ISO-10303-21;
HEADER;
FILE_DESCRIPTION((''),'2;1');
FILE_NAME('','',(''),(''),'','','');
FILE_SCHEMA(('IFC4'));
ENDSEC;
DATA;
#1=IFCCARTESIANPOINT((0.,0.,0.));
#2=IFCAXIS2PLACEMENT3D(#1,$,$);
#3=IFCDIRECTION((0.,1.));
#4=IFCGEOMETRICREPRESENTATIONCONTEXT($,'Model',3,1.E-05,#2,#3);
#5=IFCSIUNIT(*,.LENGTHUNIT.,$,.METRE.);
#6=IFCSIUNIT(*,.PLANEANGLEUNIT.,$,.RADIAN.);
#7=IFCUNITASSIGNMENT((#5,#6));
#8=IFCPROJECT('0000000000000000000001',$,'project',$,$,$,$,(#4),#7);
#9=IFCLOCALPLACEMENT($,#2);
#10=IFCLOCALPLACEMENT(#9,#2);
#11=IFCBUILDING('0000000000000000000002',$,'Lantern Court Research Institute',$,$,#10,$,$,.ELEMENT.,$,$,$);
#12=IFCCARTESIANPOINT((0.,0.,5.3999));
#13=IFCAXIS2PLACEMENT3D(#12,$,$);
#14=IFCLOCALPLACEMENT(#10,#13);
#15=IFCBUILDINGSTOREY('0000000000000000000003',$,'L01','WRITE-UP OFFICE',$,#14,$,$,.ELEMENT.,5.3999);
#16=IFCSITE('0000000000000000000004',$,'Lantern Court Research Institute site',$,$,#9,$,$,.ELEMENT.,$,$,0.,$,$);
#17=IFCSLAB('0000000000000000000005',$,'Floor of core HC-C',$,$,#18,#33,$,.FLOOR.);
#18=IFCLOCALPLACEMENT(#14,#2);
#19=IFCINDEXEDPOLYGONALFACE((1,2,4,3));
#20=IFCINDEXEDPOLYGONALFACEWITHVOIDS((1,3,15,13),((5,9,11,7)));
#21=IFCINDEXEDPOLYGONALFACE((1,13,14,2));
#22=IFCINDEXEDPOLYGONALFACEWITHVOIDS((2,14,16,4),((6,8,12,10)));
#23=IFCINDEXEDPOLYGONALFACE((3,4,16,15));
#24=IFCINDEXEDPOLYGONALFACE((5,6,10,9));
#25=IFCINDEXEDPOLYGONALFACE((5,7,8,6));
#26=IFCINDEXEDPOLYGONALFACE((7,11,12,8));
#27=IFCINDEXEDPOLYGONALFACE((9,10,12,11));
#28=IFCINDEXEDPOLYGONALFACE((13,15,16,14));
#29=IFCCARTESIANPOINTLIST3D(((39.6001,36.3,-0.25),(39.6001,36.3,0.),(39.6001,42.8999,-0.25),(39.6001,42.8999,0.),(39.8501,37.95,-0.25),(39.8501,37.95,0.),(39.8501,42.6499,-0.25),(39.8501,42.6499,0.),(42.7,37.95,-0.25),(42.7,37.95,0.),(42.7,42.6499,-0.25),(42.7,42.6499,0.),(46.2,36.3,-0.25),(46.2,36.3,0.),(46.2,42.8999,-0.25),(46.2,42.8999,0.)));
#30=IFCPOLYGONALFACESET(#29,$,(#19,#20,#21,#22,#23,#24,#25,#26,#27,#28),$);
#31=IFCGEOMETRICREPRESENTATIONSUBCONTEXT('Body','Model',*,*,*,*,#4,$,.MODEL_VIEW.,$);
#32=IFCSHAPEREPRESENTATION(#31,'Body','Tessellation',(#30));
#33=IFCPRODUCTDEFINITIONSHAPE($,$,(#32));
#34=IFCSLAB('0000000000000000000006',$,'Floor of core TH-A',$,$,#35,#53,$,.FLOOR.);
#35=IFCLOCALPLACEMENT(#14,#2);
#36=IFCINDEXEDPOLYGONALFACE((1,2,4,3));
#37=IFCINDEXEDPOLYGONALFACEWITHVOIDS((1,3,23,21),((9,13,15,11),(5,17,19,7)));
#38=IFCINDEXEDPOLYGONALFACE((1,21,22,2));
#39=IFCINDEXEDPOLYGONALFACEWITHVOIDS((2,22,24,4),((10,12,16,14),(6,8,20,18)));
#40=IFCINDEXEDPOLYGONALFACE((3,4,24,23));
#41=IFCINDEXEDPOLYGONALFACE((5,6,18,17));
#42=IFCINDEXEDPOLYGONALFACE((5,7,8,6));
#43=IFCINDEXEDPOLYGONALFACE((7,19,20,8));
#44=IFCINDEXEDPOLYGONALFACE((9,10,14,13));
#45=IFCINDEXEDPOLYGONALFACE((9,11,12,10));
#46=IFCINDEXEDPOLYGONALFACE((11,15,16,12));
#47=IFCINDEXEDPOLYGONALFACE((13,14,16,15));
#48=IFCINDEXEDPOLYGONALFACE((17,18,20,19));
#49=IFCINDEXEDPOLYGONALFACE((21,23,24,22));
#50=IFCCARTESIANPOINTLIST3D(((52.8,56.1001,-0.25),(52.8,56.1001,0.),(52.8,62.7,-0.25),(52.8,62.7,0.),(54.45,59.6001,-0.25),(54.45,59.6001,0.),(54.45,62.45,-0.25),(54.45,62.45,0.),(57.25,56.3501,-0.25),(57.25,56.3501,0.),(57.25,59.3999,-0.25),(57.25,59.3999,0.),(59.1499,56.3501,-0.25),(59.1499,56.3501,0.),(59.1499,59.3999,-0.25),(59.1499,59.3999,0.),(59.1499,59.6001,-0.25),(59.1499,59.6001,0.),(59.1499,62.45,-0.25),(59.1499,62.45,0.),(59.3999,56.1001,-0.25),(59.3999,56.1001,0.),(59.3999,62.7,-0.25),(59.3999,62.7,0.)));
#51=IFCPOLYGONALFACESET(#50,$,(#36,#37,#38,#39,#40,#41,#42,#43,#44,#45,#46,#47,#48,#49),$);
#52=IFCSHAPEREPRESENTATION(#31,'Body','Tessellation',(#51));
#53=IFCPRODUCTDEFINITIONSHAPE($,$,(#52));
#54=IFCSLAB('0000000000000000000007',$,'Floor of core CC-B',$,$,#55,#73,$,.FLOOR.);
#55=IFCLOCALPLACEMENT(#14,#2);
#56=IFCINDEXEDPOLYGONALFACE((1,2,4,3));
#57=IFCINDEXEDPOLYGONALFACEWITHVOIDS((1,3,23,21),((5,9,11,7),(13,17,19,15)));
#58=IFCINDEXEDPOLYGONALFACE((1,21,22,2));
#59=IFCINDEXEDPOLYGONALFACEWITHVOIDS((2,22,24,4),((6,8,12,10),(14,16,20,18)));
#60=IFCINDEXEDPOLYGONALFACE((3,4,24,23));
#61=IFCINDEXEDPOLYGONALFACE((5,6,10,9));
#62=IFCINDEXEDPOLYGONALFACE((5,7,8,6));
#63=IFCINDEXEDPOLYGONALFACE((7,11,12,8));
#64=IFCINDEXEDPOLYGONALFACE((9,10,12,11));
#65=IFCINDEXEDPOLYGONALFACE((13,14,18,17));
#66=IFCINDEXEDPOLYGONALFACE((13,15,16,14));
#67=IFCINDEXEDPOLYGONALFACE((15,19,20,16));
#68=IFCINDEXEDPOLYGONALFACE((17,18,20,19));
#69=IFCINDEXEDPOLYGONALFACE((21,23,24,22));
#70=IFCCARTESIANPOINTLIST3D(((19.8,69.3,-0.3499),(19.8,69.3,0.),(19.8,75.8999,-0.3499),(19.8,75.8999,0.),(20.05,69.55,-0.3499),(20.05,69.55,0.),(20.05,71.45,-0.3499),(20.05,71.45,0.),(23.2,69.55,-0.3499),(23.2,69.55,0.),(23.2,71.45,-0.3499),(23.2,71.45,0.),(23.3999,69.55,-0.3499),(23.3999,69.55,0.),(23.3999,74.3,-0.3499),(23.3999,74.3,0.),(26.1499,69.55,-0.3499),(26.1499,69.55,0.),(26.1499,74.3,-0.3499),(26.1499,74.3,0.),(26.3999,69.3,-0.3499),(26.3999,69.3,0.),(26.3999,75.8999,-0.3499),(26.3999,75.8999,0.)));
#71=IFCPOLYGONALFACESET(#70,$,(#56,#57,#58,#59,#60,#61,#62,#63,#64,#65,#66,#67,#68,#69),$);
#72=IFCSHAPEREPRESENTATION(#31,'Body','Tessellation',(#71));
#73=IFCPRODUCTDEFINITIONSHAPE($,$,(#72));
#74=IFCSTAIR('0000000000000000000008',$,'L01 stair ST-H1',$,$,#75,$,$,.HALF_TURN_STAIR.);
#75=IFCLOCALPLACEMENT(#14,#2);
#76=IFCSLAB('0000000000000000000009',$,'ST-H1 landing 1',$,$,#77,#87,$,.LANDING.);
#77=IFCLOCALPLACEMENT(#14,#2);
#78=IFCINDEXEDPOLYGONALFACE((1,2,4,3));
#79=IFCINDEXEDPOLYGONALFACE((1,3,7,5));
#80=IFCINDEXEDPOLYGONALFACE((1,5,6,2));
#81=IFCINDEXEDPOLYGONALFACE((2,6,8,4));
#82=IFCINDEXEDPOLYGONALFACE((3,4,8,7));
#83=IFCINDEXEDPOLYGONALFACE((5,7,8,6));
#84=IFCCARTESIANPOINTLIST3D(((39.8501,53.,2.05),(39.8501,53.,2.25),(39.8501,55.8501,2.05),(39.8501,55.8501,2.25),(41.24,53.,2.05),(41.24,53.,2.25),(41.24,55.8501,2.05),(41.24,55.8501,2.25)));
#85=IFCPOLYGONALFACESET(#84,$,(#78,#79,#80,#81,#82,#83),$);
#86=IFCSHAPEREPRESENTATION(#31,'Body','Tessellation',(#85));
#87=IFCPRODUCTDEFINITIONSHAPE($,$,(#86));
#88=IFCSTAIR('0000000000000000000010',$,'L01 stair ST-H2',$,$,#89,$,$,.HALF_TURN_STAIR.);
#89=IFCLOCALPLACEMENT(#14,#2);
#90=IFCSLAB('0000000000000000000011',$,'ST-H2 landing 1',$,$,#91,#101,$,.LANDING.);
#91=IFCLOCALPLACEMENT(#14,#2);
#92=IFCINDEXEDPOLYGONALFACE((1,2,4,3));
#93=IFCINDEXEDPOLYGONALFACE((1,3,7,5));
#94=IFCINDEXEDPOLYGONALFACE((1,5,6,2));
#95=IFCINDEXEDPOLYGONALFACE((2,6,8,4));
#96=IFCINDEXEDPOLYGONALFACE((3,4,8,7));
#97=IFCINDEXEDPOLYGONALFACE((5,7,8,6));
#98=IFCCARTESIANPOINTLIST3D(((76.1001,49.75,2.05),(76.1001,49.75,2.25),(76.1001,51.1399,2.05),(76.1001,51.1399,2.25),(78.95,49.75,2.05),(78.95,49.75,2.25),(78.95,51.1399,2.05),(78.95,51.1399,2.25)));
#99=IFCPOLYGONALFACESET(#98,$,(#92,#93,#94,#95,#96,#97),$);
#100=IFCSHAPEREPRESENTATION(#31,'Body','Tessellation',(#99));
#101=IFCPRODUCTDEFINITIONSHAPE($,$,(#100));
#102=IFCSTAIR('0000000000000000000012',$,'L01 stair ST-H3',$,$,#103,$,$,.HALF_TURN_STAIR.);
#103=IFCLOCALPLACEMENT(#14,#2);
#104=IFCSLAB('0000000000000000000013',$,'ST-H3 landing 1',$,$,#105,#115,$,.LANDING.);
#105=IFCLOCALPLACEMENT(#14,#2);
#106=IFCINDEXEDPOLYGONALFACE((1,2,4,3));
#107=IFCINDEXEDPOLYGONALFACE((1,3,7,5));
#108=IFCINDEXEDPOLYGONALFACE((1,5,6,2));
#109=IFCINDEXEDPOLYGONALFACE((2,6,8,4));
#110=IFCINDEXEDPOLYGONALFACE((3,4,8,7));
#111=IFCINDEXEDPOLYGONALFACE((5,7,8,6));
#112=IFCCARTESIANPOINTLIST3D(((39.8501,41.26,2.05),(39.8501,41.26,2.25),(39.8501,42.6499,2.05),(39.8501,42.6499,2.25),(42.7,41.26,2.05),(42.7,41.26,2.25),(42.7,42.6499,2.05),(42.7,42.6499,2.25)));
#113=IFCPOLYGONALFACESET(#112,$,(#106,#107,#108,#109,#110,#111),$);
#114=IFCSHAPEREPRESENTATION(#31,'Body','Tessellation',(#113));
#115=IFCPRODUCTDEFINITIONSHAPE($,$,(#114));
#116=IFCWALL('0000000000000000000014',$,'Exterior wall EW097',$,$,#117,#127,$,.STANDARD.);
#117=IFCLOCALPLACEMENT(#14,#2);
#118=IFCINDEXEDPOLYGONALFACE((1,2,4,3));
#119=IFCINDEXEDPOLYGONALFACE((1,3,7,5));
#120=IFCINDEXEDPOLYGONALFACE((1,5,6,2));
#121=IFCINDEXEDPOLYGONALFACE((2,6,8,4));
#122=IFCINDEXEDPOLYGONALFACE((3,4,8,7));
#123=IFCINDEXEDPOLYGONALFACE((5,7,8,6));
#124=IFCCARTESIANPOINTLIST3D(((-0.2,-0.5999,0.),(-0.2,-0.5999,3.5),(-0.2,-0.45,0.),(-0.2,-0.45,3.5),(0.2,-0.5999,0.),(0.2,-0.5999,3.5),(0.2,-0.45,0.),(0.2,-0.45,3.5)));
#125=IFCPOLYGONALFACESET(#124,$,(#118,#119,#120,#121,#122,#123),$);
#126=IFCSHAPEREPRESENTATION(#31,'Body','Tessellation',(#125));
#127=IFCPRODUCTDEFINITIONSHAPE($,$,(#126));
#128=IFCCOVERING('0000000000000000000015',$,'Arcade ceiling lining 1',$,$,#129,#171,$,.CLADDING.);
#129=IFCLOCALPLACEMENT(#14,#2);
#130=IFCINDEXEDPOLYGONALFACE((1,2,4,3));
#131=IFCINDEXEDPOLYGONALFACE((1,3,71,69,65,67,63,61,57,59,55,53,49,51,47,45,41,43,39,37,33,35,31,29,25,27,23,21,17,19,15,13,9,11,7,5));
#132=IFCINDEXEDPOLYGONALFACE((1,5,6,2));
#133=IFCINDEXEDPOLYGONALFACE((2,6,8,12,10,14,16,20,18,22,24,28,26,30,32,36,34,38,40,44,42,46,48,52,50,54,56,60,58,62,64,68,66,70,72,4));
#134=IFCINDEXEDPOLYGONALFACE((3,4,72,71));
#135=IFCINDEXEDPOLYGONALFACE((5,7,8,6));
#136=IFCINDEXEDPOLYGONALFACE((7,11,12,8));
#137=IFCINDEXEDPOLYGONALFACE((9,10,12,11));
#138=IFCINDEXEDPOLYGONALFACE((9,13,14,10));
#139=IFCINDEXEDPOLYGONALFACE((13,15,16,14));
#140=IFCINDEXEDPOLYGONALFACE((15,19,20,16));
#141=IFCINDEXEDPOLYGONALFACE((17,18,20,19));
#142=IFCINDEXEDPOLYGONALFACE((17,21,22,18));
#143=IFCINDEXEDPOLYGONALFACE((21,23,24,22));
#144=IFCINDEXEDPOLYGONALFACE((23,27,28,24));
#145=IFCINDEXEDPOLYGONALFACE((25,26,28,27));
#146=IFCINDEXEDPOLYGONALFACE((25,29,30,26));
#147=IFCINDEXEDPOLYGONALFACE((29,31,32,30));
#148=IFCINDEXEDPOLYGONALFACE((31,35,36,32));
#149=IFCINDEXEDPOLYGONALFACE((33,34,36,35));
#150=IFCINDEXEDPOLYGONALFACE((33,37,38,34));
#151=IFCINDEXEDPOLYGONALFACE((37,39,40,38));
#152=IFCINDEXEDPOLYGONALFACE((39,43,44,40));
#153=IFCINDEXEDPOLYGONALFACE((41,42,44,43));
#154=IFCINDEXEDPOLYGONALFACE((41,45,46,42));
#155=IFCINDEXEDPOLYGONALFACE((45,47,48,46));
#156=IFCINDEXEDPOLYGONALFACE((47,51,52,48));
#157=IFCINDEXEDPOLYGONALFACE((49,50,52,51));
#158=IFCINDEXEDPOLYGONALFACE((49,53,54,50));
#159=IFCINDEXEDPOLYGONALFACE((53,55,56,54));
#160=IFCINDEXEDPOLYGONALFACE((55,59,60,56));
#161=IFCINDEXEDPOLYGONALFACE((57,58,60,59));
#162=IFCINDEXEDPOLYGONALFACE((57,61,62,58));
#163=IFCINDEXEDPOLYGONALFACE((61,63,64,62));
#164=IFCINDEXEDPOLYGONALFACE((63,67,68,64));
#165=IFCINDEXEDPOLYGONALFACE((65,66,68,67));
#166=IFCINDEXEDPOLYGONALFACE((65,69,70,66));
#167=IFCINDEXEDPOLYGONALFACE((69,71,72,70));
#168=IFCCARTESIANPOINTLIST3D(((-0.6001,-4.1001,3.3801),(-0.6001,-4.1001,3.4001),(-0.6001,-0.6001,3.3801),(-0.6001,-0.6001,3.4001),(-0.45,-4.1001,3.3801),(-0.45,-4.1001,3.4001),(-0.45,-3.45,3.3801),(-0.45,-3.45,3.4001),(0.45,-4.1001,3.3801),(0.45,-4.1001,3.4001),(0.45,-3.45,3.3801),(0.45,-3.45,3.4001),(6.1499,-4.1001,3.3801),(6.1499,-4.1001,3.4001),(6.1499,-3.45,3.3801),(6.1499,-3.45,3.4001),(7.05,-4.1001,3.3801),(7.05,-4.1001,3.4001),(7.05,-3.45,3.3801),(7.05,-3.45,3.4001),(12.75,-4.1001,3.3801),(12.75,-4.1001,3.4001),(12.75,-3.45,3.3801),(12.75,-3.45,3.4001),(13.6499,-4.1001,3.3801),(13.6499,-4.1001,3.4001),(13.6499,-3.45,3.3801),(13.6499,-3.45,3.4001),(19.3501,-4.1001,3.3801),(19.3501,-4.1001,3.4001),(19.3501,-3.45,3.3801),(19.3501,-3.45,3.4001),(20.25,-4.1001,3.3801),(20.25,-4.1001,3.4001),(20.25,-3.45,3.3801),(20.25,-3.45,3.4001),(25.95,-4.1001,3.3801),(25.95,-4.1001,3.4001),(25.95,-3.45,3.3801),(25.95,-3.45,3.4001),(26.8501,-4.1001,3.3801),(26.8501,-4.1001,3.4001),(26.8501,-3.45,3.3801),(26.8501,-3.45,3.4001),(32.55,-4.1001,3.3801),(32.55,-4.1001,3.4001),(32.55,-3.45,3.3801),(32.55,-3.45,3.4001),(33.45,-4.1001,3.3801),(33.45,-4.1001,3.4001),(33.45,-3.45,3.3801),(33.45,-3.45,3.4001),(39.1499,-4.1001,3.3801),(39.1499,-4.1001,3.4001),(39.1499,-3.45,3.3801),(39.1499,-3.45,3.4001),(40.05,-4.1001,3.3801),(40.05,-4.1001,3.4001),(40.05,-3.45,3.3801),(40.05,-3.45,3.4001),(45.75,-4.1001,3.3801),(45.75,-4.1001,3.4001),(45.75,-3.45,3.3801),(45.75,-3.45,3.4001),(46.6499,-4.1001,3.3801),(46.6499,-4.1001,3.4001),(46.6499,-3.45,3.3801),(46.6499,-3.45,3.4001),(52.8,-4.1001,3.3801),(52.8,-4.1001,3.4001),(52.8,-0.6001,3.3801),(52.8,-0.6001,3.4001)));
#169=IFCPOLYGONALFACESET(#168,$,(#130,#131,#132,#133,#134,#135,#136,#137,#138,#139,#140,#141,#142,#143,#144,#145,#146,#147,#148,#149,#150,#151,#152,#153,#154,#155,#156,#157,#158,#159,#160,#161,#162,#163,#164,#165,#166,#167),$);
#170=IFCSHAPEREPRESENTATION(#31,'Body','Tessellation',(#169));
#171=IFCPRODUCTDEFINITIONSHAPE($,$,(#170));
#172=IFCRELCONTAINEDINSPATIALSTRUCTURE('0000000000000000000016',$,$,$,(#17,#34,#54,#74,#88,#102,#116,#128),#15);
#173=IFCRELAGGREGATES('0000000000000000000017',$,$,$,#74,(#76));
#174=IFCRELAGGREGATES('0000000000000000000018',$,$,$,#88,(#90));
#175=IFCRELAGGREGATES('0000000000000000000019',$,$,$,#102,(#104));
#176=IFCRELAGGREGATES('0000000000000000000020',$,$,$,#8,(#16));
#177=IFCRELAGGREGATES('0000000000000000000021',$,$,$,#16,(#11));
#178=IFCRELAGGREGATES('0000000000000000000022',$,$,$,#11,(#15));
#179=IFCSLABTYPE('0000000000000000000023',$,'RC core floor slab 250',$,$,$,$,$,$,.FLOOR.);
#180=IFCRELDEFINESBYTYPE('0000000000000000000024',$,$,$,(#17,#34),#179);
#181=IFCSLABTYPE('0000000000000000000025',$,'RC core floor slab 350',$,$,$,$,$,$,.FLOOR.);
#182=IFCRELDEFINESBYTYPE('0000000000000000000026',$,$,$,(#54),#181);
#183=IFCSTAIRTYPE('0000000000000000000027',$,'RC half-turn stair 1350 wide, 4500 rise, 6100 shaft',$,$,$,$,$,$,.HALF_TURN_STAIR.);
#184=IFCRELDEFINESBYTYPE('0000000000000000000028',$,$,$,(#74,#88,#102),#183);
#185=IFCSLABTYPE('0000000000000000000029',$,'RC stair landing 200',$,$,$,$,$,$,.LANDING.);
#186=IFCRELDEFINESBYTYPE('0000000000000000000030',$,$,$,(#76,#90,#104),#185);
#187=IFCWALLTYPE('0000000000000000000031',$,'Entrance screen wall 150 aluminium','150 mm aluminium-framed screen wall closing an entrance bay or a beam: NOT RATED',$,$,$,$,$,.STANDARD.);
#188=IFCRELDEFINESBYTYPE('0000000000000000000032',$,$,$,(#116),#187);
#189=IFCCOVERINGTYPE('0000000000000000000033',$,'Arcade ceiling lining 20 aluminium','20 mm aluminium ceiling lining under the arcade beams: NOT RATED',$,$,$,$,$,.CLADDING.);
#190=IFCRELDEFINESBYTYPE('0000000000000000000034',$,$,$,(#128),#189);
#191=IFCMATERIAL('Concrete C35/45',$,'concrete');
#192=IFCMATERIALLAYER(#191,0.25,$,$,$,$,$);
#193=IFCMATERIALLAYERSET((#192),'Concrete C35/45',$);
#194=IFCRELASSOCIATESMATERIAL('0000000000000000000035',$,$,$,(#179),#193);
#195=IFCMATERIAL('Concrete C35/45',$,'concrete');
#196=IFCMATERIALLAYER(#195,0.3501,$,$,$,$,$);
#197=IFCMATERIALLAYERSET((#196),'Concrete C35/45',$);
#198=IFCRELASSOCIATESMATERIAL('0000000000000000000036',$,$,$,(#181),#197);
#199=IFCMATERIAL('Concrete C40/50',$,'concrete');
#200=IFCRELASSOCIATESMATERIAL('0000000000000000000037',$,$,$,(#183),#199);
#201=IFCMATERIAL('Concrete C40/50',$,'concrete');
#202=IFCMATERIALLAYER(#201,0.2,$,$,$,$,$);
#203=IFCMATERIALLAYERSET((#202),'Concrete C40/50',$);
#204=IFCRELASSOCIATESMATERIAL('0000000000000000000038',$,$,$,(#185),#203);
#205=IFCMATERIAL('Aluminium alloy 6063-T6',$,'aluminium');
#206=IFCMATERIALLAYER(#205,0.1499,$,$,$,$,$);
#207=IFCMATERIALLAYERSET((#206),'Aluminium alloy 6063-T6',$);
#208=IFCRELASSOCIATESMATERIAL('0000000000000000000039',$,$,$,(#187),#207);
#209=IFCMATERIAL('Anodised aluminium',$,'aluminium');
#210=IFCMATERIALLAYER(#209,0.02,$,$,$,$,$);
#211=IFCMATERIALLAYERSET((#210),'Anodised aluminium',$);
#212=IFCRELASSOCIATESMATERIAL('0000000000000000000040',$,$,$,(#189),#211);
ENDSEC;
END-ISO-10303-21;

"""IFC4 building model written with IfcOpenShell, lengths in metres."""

from ifc_helpers import new_model, si_unit, direction, frame, frame_2d, origin, place, context, subcontext, project, spatial, polyline, rectangle, outline, extrude, material, layer, layer_set, type_object, element, aggregate, save


model = new_model("IFC4")

# Units and contexts
model_context = context("Model", 3, precision=1e-05, world=origin(), true_north=direction((0.0, 1.0)))
body_context = subcontext(model_context, "Body", "Model", "MODEL_VIEW")
ifc_project = project(units=[si_unit("LENGTHUNIT", "METRE"), si_unit("PLANEANGLEUNIT", "RADIAN")], contexts=[model_context])

# Site, building, storey
site_placement = place(None, origin())
site = spatial("IfcSite", under=ifc_project, at=site_placement, Name="Lantern Court Research Institute site", CompositionType="ELEMENT", RefElevation=0.0)
building_placement = place(site_placement, origin())
building = spatial("IfcBuilding", under=site, at=building_placement, Name="Lantern Court Research Institute", CompositionType="ELEMENT")
storey_placement = place(building_placement, frame((0.0, 0.0, 5.3999)))
storey = spatial("IfcBuildingStorey", under=building, at=storey_placement, Name="L01", Description="WRITE-UP OFFICE", CompositionType="ELEMENT", Elevation=5.3999)

# Slabs
ifc_material_1 = material(Name="Concrete C35/45", Category="concrete")
ifc_layer_1 = layer(ifc_material_1, 0.25)
ifc_layer_set_1 = layer_set([ifc_layer_1], Name="Concrete C35/45")
slab_type_1 = type_object("IfcSlabType", Name="RC core floor slab 250", PredefinedType="FLOOR", material=ifc_layer_set_1)
slab_1_placement = place(storey_placement, frame((0.0, 0.0, -0.25)))
element("IfcSlab", 1, at=slab_1_placement, inside=storey, type_object=slab_type_1, Name="Floor of core HC-C", PredefinedType="FLOOR", context=body_context, shape_type="SweptSolid", body=[
    extrude(outline(polyline([(39.6001, 36.3), (46.2, 36.3), (46.2, 42.8999), (39.6001, 42.8999), (39.6001, 36.3)]), holes=[polyline([(42.7, 37.95), (42.7, 42.6499), (39.8501, 42.6499), (39.8501, 37.95), (42.7, 37.95)])]), origin(), (0.0, 0.0, 1.0), 0.25),
])
slab_2_placement = place(storey_placement, frame((0.0, 0.0, -0.25)))
element("IfcSlab", 2, at=slab_2_placement, inside=storey, type_object=slab_type_1, Name="Floor of core TH-A", PredefinedType="FLOOR", context=body_context, shape_type="SweptSolid", body=[
    extrude(outline(polyline([(52.8, 56.1001), (59.3999, 56.1001), (59.3999, 62.7), (52.8, 62.7), (52.8, 56.1001)]), holes=[polyline([(54.45, 59.6001), (59.1499, 59.6001), (59.1499, 62.45), (54.45, 62.45), (54.45, 59.6001)]), polyline([(57.25, 56.3501), (57.25, 59.3999), (59.1499, 59.3999), (59.1499, 56.3501), (57.25, 56.3501)])]), origin(), (0.0, 0.0, 1.0), 0.25),
])
ifc_material_2 = material(Name="Concrete C35/45", Category="concrete")
ifc_layer_2 = layer(ifc_material_2, 0.3501)
ifc_layer_set_2 = layer_set([ifc_layer_2], Name="Concrete C35/45")
slab_type_2 = type_object("IfcSlabType", Name="RC core floor slab 350", PredefinedType="FLOOR", material=ifc_layer_set_2)
slab_3_placement = place(storey_placement, frame((0.0, 0.0, -0.3499)))
element("IfcSlab", 3, at=slab_3_placement, inside=storey, type_object=slab_type_2, Name="Floor of core CC-B", PredefinedType="FLOOR", context=body_context, shape_type="SweptSolid", body=[
    extrude(outline(polyline([(19.8, 69.3), (26.3999, 69.3), (26.3999, 75.8999), (19.8, 75.8999), (19.8, 69.3)]), holes=[polyline([(23.3999, 74.3), (23.3999, 69.55), (26.1499, 69.55), (26.1499, 74.3), (23.3999, 74.3)]), polyline([(20.05, 71.45), (23.2, 71.45), (23.2, 69.55), (20.05, 69.55), (20.05, 71.45)])]), origin(), (0.0, 0.0, 1.0), 0.3499),
])

# Stairs, slabs
ifc_material_3 = material(Name="Concrete C40/50", Category="concrete")
stair_type = type_object("IfcStairType", Name="RC half-turn stair 1350 wide, 4500 rise, 6100 shaft", PredefinedType="HALF_TURN_STAIR", material=ifc_material_3)
stair_1_placement = place(storey_placement, origin())
stair_1 = element("IfcStair", 4, at=stair_1_placement, inside=storey, type_object=stair_type, Name="L01 stair ST-H1", PredefinedType="HALF_TURN_STAIR")
ifc_material_4 = material(Name="Concrete C40/50", Category="concrete")
ifc_layer_3 = layer(ifc_material_4, 0.2)
ifc_layer_set_3 = layer_set([ifc_layer_3], Name="Concrete C40/50")
slab_type_3 = type_object("IfcSlabType", Name="RC stair landing 200", PredefinedType="LANDING", material=ifc_layer_set_3)
slab_4_placement = place(storey_placement, frame((0.0, 0.0, 2.05)))
slab_4 = element("IfcSlab", 5, at=slab_4_placement, type_object=slab_type_3, Name="ST-H1 landing 1", PredefinedType="LANDING", context=body_context, shape_type="SweptSolid", body=[
    extrude(outline(polyline([(41.24, 55.8501), (39.8501, 55.8501), (39.8501, 53.0), (41.24, 53.0), (41.24, 55.8501)])), origin(), (0.0, 0.0, 1.0), 0.2),
])
aggregate(stair_1, [slab_4])
stair_2_placement = place(storey_placement, origin())
stair_2 = element("IfcStair", 6, at=stair_2_placement, inside=storey, type_object=stair_type, Name="L01 stair ST-H2", PredefinedType="HALF_TURN_STAIR")
slab_5_placement = place(storey_placement, frame((0.0, 0.0, 2.05)))
slab_5 = element("IfcSlab", 7, at=slab_5_placement, type_object=slab_type_3, Name="ST-H2 landing 1", PredefinedType="LANDING", context=body_context, shape_type="SweptSolid", body=[
    extrude(outline(polyline([(76.1001, 51.1399), (76.1001, 49.75), (78.95, 49.75), (78.95, 51.1399), (76.1001, 51.1399)])), origin(), (0.0, 0.0, 1.0), 0.2),
])
aggregate(stair_2, [slab_5])
stair_3_placement = place(storey_placement, origin())
stair_3 = element("IfcStair", 8, at=stair_3_placement, inside=storey, type_object=stair_type, Name="L01 stair ST-H3", PredefinedType="HALF_TURN_STAIR")
slab_6_placement = place(storey_placement, frame((0.0, 0.0, 2.05)))
slab_6 = element("IfcSlab", 9, at=slab_6_placement, type_object=slab_type_3, Name="ST-H3 landing 1", PredefinedType="LANDING", context=body_context, shape_type="SweptSolid", body=[
    extrude(outline(polyline([(42.7, 41.26), (42.7, 42.6499), (39.8501, 42.6499), (39.8501, 41.26), (42.7, 41.26)])), origin(), (0.0, 0.0, 1.0), 0.2),
])
aggregate(stair_3, [slab_6])

# Wall
ifc_material_5 = material(Name="Aluminium alloy 6063-T6", Category="aluminium")
ifc_layer_4 = layer(ifc_material_5, 0.1499)
ifc_layer_set_4 = layer_set([ifc_layer_4], Name="Aluminium alloy 6063-T6")
wall_type = type_object("IfcWallType", Name="Entrance screen wall 150 aluminium", Description="150 mm aluminium-framed screen wall closing an entrance bay or a beam: NOT RATED", PredefinedType="STANDARD", material=ifc_layer_set_4)
wall_placement = place(storey_placement, frame((0.2, -0.5249, 0.0), z_axis=(0.0, 0.0, 1.0), x_axis=(-1.0, 0.0, 0.0)))
element("IfcWall", 10, at=wall_placement, inside=storey, type_object=wall_type, Name="Exterior wall EW097", PredefinedType="STANDARD", context=body_context, shape_type="SweptSolid", body=[
    extrude(rectangle(XDim=0.3999, YDim=0.1499, at=frame_2d((0.2, 0.0))), origin(), (0.0, 0.0, 1.0), 3.5),
])

# Covering
ifc_material_6 = material(Name="Anodised aluminium", Category="aluminium")
ifc_layer_5 = layer(ifc_material_6, 0.02)
ifc_layer_set_5 = layer_set([ifc_layer_5], Name="Anodised aluminium")
covering_type = type_object("IfcCoveringType", Name="Arcade ceiling lining 20 aluminium", Description="20 mm aluminium ceiling lining under the arcade beams: NOT RATED", PredefinedType="CLADDING", material=ifc_layer_set_5)
covering_placement = place(storey_placement, frame((0.0, 0.0, 3.3801)))
element("IfcCovering", 11, at=covering_placement, inside=storey, type_object=covering_type, Name="Arcade ceiling lining 1", PredefinedType="CLADDING", context=body_context, shape_type="SweptSolid", body=[
    extrude(outline(polyline([(25.95, -4.1001), (25.95, -3.45), (26.8501, -3.45), (26.8501, -4.1001), (32.55, -4.1001), (32.55, -3.45), (33.45, -3.45), (33.45, -4.1001), (39.1499, -4.1001), (39.1499, -3.45), (40.05, -3.45), (40.05, -4.1001), (45.75, -4.1001), (45.75, -3.45), (46.6499, -3.45), (46.6499, -4.1001), (52.8, -4.1001), (52.8, -0.6001), (-0.6001, -0.6001), (-0.6001, -4.1001), (-0.45, -4.1001), (-0.45, -3.45), (0.45, -3.45), (0.45, -4.1001), (6.1499, -4.1001), (6.1499, -3.45), (7.05, -3.45), (7.05, -4.1001), (12.75, -4.1001), (12.75, -3.45), (13.6499, -3.45), (13.6499, -4.1001), (19.3501, -4.1001), (19.3501, -3.45), (20.25, -3.45), (20.25, -4.1001), (25.95, -4.1001)])), origin(), (0.0, 0.0, 1.0), 0.02),
])

save(model, "model.ifc")
